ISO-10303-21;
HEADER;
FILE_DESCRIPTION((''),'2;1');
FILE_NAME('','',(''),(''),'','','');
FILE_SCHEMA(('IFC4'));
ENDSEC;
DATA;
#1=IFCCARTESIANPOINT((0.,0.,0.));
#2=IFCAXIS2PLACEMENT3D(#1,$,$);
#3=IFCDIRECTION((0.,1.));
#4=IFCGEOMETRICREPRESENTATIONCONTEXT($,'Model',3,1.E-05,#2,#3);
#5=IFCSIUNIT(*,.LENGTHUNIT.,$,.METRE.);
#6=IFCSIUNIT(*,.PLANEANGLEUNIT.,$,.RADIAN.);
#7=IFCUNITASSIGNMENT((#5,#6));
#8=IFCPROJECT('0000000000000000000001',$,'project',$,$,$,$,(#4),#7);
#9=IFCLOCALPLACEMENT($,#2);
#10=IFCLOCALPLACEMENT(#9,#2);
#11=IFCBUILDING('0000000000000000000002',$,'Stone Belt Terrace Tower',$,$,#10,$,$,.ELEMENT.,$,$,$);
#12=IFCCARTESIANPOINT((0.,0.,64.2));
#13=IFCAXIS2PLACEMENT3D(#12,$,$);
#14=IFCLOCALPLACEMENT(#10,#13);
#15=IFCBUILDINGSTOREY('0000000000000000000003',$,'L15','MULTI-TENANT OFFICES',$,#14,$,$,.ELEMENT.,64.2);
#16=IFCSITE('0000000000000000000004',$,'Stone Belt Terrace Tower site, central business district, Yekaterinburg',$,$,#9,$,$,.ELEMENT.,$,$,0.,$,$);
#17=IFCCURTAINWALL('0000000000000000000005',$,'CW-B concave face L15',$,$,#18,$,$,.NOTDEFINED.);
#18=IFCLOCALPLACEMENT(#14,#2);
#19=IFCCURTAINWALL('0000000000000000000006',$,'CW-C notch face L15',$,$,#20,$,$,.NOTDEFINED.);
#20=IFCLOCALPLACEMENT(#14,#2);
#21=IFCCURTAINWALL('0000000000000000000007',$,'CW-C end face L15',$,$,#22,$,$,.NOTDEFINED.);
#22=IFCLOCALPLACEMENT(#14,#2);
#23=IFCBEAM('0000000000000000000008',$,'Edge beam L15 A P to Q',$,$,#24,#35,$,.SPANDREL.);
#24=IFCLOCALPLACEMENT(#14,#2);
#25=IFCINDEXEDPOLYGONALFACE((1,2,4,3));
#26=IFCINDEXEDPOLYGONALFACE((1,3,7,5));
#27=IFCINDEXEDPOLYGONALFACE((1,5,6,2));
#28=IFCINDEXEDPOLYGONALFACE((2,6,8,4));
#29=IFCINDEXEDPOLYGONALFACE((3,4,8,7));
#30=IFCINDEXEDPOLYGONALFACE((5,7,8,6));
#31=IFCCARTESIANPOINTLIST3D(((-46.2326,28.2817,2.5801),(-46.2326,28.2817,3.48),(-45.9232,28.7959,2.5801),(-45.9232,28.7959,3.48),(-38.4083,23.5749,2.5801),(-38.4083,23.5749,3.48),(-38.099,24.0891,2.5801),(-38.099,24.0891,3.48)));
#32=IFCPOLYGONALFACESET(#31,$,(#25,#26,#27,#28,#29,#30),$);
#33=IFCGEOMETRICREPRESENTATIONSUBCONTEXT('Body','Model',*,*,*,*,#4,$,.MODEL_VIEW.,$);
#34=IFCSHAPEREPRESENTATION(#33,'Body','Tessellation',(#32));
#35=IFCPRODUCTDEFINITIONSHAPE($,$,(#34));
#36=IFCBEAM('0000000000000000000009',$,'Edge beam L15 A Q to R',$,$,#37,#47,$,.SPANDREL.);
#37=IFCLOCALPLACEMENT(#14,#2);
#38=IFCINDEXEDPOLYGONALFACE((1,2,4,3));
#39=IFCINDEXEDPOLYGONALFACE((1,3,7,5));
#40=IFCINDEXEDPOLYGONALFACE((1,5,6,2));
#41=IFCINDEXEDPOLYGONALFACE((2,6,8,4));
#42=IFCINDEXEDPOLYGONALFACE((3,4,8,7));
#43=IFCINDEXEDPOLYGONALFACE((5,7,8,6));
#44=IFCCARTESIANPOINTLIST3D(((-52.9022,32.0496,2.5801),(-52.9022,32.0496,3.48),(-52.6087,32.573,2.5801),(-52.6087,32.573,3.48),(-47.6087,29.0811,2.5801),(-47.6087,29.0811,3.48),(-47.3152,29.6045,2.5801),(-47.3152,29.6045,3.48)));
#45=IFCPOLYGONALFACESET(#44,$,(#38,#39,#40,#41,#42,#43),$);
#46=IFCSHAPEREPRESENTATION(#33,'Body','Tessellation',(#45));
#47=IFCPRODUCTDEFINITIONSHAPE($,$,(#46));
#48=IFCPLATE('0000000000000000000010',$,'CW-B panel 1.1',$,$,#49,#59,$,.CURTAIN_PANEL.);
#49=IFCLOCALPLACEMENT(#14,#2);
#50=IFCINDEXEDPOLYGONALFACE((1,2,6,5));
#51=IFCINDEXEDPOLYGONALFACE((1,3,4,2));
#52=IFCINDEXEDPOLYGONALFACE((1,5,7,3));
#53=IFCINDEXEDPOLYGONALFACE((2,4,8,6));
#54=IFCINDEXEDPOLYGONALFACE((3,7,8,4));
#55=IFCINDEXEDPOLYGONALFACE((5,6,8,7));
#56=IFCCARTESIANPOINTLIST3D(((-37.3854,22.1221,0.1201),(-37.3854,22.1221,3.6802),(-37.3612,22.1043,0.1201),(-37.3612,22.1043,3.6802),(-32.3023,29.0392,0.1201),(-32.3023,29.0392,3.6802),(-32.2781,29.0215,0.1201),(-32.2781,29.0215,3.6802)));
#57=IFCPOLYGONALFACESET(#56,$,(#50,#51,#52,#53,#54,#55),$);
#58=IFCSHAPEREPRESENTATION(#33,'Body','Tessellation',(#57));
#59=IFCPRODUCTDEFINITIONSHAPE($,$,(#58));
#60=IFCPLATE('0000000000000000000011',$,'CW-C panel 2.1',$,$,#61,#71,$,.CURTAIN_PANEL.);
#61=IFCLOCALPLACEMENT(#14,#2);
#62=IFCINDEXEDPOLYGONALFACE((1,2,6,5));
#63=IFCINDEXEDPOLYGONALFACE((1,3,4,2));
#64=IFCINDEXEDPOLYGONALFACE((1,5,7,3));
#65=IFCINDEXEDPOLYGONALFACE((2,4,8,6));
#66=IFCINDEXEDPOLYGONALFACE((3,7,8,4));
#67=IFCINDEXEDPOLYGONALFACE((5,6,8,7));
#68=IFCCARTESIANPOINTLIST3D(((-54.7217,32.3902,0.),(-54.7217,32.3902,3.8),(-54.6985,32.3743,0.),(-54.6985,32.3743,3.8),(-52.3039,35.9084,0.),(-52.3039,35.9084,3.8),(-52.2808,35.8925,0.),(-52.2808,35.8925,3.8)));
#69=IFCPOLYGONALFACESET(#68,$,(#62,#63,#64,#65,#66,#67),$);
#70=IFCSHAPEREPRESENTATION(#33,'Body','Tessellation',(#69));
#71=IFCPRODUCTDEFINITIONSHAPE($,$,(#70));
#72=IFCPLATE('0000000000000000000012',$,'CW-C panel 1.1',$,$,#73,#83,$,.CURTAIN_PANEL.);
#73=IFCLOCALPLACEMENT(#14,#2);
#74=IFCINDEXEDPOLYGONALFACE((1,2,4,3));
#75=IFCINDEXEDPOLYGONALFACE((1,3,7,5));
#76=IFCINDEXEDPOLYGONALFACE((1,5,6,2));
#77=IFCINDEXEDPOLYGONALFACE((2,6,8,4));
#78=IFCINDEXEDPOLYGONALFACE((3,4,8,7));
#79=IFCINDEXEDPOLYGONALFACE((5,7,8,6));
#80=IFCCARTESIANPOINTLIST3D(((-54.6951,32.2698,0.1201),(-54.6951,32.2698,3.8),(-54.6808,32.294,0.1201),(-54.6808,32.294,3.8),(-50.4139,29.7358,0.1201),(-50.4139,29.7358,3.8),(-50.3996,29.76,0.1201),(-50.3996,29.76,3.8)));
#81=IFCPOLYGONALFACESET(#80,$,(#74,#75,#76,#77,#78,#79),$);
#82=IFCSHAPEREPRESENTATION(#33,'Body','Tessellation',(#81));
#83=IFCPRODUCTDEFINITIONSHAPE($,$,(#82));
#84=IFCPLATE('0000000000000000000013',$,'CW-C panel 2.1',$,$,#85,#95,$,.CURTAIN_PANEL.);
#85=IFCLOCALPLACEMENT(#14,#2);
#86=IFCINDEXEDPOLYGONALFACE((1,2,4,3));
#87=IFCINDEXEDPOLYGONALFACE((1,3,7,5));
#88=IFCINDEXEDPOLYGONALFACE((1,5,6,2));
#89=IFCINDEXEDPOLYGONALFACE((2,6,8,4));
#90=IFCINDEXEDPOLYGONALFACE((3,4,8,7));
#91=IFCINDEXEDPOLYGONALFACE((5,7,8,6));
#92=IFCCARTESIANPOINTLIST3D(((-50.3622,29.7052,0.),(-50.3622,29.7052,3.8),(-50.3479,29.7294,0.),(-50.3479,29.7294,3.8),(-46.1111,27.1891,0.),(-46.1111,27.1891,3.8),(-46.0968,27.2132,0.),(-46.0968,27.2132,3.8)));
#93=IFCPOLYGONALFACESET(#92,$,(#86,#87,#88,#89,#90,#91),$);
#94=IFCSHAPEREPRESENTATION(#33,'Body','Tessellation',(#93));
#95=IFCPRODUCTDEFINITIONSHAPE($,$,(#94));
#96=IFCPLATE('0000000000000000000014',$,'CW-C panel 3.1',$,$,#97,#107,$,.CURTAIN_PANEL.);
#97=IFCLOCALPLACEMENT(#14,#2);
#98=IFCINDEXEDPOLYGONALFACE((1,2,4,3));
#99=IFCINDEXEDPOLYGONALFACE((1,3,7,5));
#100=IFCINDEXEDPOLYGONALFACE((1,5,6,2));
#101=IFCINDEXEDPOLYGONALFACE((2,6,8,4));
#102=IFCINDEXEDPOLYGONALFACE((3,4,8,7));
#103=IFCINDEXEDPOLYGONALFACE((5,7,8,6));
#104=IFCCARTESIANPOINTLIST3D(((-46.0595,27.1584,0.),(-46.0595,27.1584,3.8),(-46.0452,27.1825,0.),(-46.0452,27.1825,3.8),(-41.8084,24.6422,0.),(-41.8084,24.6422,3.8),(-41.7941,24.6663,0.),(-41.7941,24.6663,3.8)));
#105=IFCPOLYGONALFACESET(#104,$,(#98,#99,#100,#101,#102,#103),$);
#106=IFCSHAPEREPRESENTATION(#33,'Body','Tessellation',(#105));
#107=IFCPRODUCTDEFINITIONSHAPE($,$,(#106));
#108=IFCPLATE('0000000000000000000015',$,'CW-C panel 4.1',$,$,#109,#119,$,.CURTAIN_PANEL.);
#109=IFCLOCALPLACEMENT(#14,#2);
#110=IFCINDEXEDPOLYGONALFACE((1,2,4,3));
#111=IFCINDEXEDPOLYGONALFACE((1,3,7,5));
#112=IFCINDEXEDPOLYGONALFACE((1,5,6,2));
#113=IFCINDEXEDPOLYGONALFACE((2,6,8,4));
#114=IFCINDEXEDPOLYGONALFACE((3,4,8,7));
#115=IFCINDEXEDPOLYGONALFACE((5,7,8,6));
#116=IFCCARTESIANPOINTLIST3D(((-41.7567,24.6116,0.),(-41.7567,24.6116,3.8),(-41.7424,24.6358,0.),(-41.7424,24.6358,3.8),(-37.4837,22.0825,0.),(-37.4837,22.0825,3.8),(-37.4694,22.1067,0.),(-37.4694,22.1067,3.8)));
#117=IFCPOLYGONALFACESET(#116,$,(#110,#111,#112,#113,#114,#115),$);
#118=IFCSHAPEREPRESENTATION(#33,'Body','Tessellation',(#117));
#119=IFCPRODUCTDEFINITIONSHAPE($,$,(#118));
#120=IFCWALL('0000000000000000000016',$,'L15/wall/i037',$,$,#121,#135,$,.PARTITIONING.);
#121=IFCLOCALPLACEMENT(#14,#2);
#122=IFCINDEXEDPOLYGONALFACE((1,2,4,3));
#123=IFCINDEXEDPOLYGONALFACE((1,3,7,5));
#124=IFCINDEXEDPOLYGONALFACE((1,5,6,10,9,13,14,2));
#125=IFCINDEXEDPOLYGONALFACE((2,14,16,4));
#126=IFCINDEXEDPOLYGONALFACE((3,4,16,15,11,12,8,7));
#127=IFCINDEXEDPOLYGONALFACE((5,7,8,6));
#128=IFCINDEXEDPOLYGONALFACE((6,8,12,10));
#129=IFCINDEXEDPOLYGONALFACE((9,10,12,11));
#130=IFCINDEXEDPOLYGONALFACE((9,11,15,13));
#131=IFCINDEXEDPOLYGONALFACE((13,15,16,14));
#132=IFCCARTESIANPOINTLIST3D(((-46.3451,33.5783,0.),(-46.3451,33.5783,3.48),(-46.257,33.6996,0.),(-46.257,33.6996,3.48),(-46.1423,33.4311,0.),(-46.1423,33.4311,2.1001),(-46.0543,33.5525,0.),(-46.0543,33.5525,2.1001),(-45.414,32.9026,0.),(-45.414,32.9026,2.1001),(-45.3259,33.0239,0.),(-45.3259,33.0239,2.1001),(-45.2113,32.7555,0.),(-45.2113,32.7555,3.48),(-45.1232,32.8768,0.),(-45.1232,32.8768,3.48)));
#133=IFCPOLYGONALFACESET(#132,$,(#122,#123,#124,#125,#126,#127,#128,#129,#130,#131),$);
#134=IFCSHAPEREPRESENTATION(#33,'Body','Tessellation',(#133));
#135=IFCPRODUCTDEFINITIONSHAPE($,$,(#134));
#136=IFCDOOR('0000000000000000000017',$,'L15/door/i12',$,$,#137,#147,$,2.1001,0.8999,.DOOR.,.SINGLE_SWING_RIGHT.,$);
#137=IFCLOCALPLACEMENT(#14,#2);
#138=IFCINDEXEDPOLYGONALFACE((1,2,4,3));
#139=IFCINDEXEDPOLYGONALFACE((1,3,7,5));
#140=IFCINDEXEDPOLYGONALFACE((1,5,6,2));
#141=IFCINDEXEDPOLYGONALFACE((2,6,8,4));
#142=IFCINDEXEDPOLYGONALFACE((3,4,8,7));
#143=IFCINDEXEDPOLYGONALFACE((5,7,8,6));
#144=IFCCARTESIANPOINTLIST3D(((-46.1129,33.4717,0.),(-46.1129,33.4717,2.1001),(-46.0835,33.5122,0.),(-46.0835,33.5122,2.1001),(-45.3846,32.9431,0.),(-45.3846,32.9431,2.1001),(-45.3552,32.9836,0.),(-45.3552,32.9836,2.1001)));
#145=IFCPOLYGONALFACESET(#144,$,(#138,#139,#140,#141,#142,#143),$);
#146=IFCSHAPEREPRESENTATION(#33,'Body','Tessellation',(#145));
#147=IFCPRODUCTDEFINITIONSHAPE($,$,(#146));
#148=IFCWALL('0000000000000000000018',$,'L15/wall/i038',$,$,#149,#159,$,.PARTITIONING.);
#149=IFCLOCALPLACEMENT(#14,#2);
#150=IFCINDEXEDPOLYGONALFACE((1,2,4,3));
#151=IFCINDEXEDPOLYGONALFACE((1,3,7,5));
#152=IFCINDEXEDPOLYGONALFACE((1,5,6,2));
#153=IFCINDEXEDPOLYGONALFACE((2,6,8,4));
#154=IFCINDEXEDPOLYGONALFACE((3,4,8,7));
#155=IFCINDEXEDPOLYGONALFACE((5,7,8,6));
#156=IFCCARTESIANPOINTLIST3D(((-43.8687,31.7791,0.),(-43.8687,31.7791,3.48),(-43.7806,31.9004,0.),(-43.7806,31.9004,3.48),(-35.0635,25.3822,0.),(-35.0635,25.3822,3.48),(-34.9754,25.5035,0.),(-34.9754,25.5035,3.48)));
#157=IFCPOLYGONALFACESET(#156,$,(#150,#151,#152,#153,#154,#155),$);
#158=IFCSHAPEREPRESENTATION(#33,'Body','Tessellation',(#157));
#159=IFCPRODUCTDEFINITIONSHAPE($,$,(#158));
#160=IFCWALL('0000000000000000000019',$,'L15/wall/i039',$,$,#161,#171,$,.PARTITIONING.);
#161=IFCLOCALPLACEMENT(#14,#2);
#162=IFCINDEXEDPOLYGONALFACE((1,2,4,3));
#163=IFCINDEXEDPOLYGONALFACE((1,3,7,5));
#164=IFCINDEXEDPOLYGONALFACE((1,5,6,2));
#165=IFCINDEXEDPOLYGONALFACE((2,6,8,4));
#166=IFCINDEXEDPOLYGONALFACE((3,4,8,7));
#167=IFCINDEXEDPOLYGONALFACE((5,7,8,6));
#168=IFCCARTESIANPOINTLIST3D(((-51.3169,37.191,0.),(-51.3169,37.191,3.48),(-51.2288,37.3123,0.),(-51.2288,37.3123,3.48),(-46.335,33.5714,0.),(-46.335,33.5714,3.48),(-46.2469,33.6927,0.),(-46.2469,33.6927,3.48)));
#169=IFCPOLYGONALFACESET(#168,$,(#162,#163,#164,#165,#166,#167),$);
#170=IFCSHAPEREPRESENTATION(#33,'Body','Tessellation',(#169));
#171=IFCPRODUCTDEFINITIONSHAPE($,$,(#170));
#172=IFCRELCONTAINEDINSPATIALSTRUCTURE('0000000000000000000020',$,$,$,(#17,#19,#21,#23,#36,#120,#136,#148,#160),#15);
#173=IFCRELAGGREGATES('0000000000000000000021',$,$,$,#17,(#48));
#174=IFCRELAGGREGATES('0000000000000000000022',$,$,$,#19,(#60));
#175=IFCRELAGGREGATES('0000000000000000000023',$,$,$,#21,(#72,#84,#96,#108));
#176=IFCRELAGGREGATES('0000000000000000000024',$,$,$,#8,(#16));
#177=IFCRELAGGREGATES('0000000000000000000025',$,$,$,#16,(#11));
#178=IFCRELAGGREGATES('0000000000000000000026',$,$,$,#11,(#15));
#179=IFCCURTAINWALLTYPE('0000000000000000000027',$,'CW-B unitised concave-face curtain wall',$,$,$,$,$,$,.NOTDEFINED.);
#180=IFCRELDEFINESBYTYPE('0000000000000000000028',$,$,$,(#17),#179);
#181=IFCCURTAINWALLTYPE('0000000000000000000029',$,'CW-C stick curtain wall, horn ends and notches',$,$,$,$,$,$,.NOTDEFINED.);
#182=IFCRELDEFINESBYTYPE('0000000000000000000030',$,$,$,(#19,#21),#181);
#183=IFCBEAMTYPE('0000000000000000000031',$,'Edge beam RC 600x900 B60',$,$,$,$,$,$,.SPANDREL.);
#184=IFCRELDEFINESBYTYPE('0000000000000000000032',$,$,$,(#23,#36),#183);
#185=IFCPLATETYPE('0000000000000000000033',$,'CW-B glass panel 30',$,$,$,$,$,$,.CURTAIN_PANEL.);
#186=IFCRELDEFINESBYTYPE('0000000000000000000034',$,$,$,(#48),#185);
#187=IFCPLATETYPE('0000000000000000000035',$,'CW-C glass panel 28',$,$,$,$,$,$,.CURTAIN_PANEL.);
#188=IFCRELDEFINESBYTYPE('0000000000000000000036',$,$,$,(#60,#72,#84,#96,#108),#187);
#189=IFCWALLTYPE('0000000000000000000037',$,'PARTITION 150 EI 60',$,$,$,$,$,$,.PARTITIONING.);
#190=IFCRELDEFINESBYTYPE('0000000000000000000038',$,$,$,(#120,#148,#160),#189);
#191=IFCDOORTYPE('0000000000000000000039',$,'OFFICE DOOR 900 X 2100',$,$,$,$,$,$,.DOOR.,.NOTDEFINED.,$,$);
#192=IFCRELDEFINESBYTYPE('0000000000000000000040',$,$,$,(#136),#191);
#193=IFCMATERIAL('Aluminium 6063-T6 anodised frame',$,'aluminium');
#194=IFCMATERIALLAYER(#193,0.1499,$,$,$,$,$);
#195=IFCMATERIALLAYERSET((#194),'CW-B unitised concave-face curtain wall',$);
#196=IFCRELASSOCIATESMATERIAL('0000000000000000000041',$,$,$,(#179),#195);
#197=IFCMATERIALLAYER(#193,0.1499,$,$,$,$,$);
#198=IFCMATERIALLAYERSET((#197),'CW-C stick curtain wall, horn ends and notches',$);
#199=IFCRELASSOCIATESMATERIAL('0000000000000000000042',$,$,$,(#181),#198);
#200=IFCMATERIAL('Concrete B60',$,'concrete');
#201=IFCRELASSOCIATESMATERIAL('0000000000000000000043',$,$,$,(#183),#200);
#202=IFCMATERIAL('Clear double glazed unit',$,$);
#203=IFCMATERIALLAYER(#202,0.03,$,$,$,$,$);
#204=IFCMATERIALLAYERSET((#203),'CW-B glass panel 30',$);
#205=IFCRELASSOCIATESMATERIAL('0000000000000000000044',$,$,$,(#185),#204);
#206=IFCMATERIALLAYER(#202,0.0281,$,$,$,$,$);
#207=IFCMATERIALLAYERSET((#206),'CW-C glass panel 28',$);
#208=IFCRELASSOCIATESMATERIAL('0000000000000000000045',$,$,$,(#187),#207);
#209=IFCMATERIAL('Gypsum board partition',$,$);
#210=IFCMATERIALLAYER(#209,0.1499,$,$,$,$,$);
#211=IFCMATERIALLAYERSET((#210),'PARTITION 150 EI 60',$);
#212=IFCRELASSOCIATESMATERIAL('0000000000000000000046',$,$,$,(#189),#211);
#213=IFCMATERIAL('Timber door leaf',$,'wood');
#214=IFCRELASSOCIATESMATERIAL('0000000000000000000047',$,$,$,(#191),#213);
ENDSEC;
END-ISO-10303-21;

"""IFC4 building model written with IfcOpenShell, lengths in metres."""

from ifc_helpers import new_model, si_unit, direction, frame, frame_2d, origin, origin_2d, place, context, subcontext, project, spatial, rectangle, extrude, material, layer, layer_set, material_profile, profile_set, type_object, element, fill, aggregate, save


model = new_model("IFC4")

# Units and contexts
model_context = context("Model", 3, precision=1e-05, world=origin(), true_north=direction((0.0, 1.0)))
body_context = subcontext(model_context, "Body", "Model", "MODEL_VIEW")
ifc_project = project(units=[si_unit("LENGTHUNIT", "METRE"), si_unit("PLANEANGLEUNIT", "RADIAN")], contexts=[model_context])

# Site, building, storey
site_placement = place(None, origin())
site = spatial("IfcSite", under=ifc_project, at=site_placement, Name="Stone Belt Terrace Tower site, central business district, Yekaterinburg", CompositionType="ELEMENT", RefElevation=0.0)
building_placement = place(site_placement, origin())
building = spatial("IfcBuilding", under=site, at=building_placement, Name="Stone Belt Terrace Tower", CompositionType="ELEMENT")
storey_placement = place(building_placement, frame((0.0, 0.0, 64.2)))
storey = spatial("IfcBuildingStorey", under=building, at=storey_placement, Name="L15", Description="MULTI-TENANT OFFICES", CompositionType="ELEMENT", Elevation=64.2)

# Curtain wall
ifc_material_1 = material(Name="Aluminium 6063-T6 anodised frame", Category="aluminium")
ifc_layer_1 = layer(ifc_material_1, 0.1499)
ifc_layer_set_1 = layer_set([ifc_layer_1], Name="CW-B unitised concave-face curtain wall")
curtain_wall_type_1 = type_object("IfcCurtainWallType", Name="CW-B unitised concave-face curtain wall", PredefinedType="NOTDEFINED", material=ifc_layer_set_1)
curtain_wall_1_placement = place(storey_placement, origin())
curtain_wall_1 = element("IfcCurtainWall", 1, at=curtain_wall_1_placement, inside=storey, type_object=curtain_wall_type_1, Name="CW-B concave face L15", PredefinedType="NOTDEFINED")

# Curtain wall
ifc_layer_2 = layer(ifc_material_1, 0.1499)
ifc_layer_set_2 = layer_set([ifc_layer_2], Name="CW-C stick curtain wall, horn ends and notches")
curtain_wall_type_2 = type_object("IfcCurtainWallType", Name="CW-C stick curtain wall, horn ends and notches", PredefinedType="NOTDEFINED", material=ifc_layer_set_2)
curtain_wall_2_placement = place(storey_placement, origin())
curtain_wall_2 = element("IfcCurtainWall", 2, at=curtain_wall_2_placement, inside=storey, type_object=curtain_wall_type_2, Name="CW-C notch face L15", PredefinedType="NOTDEFINED")

# Curtain wall
curtain_wall_3_placement = place(storey_placement, origin())
curtain_wall_3 = element("IfcCurtainWall", 3, at=curtain_wall_3_placement, inside=storey, type_object=curtain_wall_type_2, Name="CW-C end face L15", PredefinedType="NOTDEFINED")

# Beams
ifc_material_2 = material(Name="Concrete B60", Category="concrete")
ifc_material_profile_1 = material_profile(ifc_material_2, rectangle(XDim=0.6001, YDim=0.8999, at=origin_2d()), Name="RC 600x900")
ifc_profile_set_1 = profile_set([ifc_material_profile_1], Name="Concrete B60")
beam_type = type_object("IfcBeamType", Name="Edge beam RC 600x900 B60", PredefinedType="SPANDREL", material=ifc_profile_set_1)
beam_1_placement = place(storey_placement, frame((-38.2537, 23.832, 3.03), z_axis=(-0.8569, 0.515482, 0.0), x_axis=(-0.515482, -0.8569, 0.0)))
element("IfcBeam", 4, at=beam_1_placement, inside=storey, type_object=beam_type, Name="Edge beam L15 A P to Q", PredefinedType="SPANDREL", context=body_context, shape_type="SweptSolid", body=[
    extrude(rectangle(XDim=0.6001, YDim=0.8999, at=origin_2d()), origin(), (0.0, 0.0, 1.0), 9.1309),
])
beam_2_placement = place(storey_placement, frame((-47.4619, 29.3428, 3.03), z_axis=(-0.872213, 0.489126, 0.0), x_axis=(-0.489126, -0.872213, 0.0)))
element("IfcBeam", 5, at=beam_2_placement, inside=storey, type_object=beam_type, Name="Edge beam L15 A Q to R", PredefinedType="SPANDREL", context=body_context, shape_type="SweptSolid", body=[
    extrude(rectangle(XDim=0.6001, YDim=0.8999, at=origin_2d()), origin(), (0.0, 0.0, 1.0), 6.0691),
])

# Plates
ifc_material_3 = material(Name="Clear double glazed unit")
ifc_layer_3 = layer(ifc_material_3, 0.03)
ifc_layer_set_3 = layer_set([ifc_layer_3], Name="CW-B glass panel 30")
plate_type_1 = type_object("IfcPlateType", Name="CW-B glass panel 30", PredefinedType="CURTAIN_PANEL", material=ifc_layer_set_3)
plate_1_placement = place(storey_placement, frame((-34.8318, 25.5718, 0.1201), z_axis=(0.0, 0.0, 1.0), x_axis=(0.592159, 0.805821, 0.0)))
plate_1 = element("IfcPlate", 6, at=plate_1_placement, type_object=plate_type_1, Name="CW-B panel 1.1", PredefinedType="CURTAIN_PANEL", context=body_context, shape_type="SweptSolid", body=[
    extrude(rectangle(XDim=8.584, YDim=0.03, at=origin_2d()), origin(), (0.0, 0.0, 1.0), 3.5601),
])
aggregate(curtain_wall_1, [plate_1])
ifc_layer_4 = layer(ifc_material_3, 0.0281)
ifc_layer_set_4 = layer_set([ifc_layer_4], Name="CW-C glass panel 28")
plate_type_2 = type_object("IfcPlateType", Name="CW-C glass panel 28", PredefinedType="CURTAIN_PANEL", material=ifc_layer_set_4)
plate_2_placement = place(storey_placement, frame((-53.5012, 34.1414, 0.0), z_axis=(0.0, 0.0, 1.0), x_axis=(-0.566376, -0.824147, 0.0)))
plate_2 = element("IfcPlate", 7, at=plate_2_placement, type_object=plate_type_2, Name="CW-C panel 2.1", PredefinedType="CURTAIN_PANEL", context=body_context, shape_type="SweptSolid", body=[
    extrude(rectangle(XDim=4.2688, YDim=0.0281, at=origin_2d()), origin(), (0.0, 0.0, 1.0), 3.8),
])
aggregate(curtain_wall_2, [plate_2])
plate_3_placement = place(storey_placement, frame((-52.5474, 31.0149, 0.1201), z_axis=(0.0, 0.0, 1.0), x_axis=(0.860558, -0.509353, 0.0)))
plate_3 = element("IfcPlate", 8, at=plate_3_placement, type_object=plate_type_2, Name="CW-C panel 1.1", PredefinedType="CURTAIN_PANEL", context=body_context, shape_type="SweptSolid", body=[
    extrude(rectangle(XDim=4.9749, YDim=0.0281, at=origin_2d()), origin(), (0.0, 0.0, 1.0), 3.6799),
])
plate_4_placement = place(storey_placement, frame((-48.2295, 28.4592, 0.0), z_axis=(0.0, 0.0, 1.0), x_axis=(0.860558, -0.509353, 0.0)))
plate_4 = element("IfcPlate", 9, at=plate_4_placement, type_object=plate_type_2, Name="CW-C panel 2.1", PredefinedType="CURTAIN_PANEL", context=body_context, shape_type="SweptSolid", body=[
    extrude(rectangle(XDim=4.9399, YDim=0.0281, at=origin_2d()), origin(), (0.0, 0.0, 1.0), 3.8),
])
plate_5_placement = place(storey_placement, frame((-43.9268, 25.9124, 0.0), z_axis=(0.0, 0.0, 1.0), x_axis=(0.860558, -0.509353, 0.0)))
plate_5 = element("IfcPlate", 10, at=plate_5_placement, type_object=plate_type_2, Name="CW-C panel 3.1", PredefinedType="CURTAIN_PANEL", context=body_context, shape_type="SweptSolid", body=[
    extrude(rectangle(XDim=4.9399, YDim=0.0281, at=origin_2d()), origin(), (0.0, 0.0, 1.0), 3.8),
])
plate_6_placement = place(storey_placement, frame((-39.613, 23.3591, 0.0), z_axis=(0.0, 0.0, 1.0), x_axis=(0.860558, -0.509353, 0.0)))
plate_6 = element("IfcPlate", 11, at=plate_6_placement, type_object=plate_type_2, Name="CW-C panel 4.1", PredefinedType="CURTAIN_PANEL", context=body_context, shape_type="SweptSolid", body=[
    extrude(rectangle(XDim=4.9653, YDim=0.0281, at=origin_2d()), origin(), (0.0, 0.0, 1.0), 3.8),
])
aggregate(curtain_wall_3, [plate_3, plate_4, plate_5, plate_6])

# Wall, opening, door
ifc_material_4 = material(Name="Gypsum board partition")
ifc_layer_5 = layer(ifc_material_4, 0.1499)
ifc_layer_set_5 = layer_set([ifc_layer_5], Name="PARTITION 150 EI 60")
wall_type = type_object("IfcWallType", Name="PARTITION 150 EI 60", PredefinedType="PARTITIONING", material=ifc_layer_set_5)
wall_1_placement = place(storey_placement, frame((-45.1672, 32.8162, 0.0), z_axis=(0.0, 0.0, 1.0), x_axis=(-0.809354, 0.587322, 0.0)))
wall_1 = element("IfcWall", 12, at=wall_1_placement, inside=storey, type_object=wall_type, Name="L15/wall/i037", PredefinedType="PARTITIONING", context=body_context, shape_type="SweptSolid", body=[
    extrude(rectangle(XDim=1.4009, YDim=0.1499, at=frame_2d((0.7004, 0.0))), origin(), (0.0, 0.0, 1.0), 3.48),
])
opening_1_placement = place(wall_1_placement, frame((0.2505, 0.0, 0.0)))
opening_1 = element("IfcOpeningElement", 13, at=opening_1_placement, cuts=wall_1, PredefinedType="OPENING", context=body_context, shape_type="SweptSolid", body=[
    extrude(rectangle(XDim=0.8999, YDim=2.1001, at=frame_2d((0.45, 1.05))), frame((0.0, 0.085, 0.0), z_axis=(0.0, -1.0, 0.0), x_axis=(1.0, 0.0, 0.0)), (0.0, 0.0, 1.0), 0.1699),
])
ifc_material_5 = material(Name="Timber door leaf", Category="wood")
door_type_1 = type_object("IfcDoorType", Name="OFFICE DOOR 900 X 2100", OperationType="NOTDEFINED", PredefinedType="DOOR", material=ifc_material_5)
door_1_placement = place(opening_1_placement, origin())
door_1 = element("IfcDoor", 14, at=door_1_placement, inside=storey, type_object=door_type_1, Name="L15/door/i12", OperationType="SINGLE_SWING_RIGHT", OverallHeight=2.1001, OverallWidth=0.8999, PredefinedType="DOOR", context=body_context, shape_type="SweptSolid", body=[
    extrude(rectangle(XDim=0.8999, YDim=2.1001, at=frame_2d((0.45, 1.05))), frame((0.0, 0.0249, 0.0), z_axis=(0.0, -1.0, 0.0), x_axis=(1.0, 0.0, 0.0)), (0.0, 0.0, 1.0), 0.05),
])
fill(opening_1, door_1)

# Walls
wall_2_placement = place(storey_placement, frame((-43.8247, 31.8398, 0.0), z_axis=(0.0, 0.0, 1.0), x_axis=(0.809033, -0.587763, 0.0)))
element("IfcWall", 15, at=wall_2_placement, inside=storey, type_object=wall_type, Name="L15/wall/i038", PredefinedType="PARTITIONING", context=body_context, shape_type="SweptSolid", body=[
    extrude(rectangle(XDim=10.8835, YDim=0.1499, at=frame_2d((5.4419, 0.0))), origin(), (0.0, 0.0, 1.0), 3.48),
])
wall_3_placement = place(storey_placement, frame((-51.2729, 37.2517, 0.0), z_axis=(0.0, 0.0, 1.0), x_axis=(0.809014, -0.58779, 0.0)))
element("IfcWall", 16, at=wall_3_placement, inside=storey, type_object=wall_type, Name="L15/wall/i039", PredefinedType="PARTITIONING", context=body_context, shape_type="SweptSolid", body=[
    extrude(rectangle(XDim=6.158, YDim=0.1499, at=frame_2d((3.0791, 0.0))), origin(), (0.0, 0.0, 1.0), 3.48),
])

save(model, "model.ifc")
